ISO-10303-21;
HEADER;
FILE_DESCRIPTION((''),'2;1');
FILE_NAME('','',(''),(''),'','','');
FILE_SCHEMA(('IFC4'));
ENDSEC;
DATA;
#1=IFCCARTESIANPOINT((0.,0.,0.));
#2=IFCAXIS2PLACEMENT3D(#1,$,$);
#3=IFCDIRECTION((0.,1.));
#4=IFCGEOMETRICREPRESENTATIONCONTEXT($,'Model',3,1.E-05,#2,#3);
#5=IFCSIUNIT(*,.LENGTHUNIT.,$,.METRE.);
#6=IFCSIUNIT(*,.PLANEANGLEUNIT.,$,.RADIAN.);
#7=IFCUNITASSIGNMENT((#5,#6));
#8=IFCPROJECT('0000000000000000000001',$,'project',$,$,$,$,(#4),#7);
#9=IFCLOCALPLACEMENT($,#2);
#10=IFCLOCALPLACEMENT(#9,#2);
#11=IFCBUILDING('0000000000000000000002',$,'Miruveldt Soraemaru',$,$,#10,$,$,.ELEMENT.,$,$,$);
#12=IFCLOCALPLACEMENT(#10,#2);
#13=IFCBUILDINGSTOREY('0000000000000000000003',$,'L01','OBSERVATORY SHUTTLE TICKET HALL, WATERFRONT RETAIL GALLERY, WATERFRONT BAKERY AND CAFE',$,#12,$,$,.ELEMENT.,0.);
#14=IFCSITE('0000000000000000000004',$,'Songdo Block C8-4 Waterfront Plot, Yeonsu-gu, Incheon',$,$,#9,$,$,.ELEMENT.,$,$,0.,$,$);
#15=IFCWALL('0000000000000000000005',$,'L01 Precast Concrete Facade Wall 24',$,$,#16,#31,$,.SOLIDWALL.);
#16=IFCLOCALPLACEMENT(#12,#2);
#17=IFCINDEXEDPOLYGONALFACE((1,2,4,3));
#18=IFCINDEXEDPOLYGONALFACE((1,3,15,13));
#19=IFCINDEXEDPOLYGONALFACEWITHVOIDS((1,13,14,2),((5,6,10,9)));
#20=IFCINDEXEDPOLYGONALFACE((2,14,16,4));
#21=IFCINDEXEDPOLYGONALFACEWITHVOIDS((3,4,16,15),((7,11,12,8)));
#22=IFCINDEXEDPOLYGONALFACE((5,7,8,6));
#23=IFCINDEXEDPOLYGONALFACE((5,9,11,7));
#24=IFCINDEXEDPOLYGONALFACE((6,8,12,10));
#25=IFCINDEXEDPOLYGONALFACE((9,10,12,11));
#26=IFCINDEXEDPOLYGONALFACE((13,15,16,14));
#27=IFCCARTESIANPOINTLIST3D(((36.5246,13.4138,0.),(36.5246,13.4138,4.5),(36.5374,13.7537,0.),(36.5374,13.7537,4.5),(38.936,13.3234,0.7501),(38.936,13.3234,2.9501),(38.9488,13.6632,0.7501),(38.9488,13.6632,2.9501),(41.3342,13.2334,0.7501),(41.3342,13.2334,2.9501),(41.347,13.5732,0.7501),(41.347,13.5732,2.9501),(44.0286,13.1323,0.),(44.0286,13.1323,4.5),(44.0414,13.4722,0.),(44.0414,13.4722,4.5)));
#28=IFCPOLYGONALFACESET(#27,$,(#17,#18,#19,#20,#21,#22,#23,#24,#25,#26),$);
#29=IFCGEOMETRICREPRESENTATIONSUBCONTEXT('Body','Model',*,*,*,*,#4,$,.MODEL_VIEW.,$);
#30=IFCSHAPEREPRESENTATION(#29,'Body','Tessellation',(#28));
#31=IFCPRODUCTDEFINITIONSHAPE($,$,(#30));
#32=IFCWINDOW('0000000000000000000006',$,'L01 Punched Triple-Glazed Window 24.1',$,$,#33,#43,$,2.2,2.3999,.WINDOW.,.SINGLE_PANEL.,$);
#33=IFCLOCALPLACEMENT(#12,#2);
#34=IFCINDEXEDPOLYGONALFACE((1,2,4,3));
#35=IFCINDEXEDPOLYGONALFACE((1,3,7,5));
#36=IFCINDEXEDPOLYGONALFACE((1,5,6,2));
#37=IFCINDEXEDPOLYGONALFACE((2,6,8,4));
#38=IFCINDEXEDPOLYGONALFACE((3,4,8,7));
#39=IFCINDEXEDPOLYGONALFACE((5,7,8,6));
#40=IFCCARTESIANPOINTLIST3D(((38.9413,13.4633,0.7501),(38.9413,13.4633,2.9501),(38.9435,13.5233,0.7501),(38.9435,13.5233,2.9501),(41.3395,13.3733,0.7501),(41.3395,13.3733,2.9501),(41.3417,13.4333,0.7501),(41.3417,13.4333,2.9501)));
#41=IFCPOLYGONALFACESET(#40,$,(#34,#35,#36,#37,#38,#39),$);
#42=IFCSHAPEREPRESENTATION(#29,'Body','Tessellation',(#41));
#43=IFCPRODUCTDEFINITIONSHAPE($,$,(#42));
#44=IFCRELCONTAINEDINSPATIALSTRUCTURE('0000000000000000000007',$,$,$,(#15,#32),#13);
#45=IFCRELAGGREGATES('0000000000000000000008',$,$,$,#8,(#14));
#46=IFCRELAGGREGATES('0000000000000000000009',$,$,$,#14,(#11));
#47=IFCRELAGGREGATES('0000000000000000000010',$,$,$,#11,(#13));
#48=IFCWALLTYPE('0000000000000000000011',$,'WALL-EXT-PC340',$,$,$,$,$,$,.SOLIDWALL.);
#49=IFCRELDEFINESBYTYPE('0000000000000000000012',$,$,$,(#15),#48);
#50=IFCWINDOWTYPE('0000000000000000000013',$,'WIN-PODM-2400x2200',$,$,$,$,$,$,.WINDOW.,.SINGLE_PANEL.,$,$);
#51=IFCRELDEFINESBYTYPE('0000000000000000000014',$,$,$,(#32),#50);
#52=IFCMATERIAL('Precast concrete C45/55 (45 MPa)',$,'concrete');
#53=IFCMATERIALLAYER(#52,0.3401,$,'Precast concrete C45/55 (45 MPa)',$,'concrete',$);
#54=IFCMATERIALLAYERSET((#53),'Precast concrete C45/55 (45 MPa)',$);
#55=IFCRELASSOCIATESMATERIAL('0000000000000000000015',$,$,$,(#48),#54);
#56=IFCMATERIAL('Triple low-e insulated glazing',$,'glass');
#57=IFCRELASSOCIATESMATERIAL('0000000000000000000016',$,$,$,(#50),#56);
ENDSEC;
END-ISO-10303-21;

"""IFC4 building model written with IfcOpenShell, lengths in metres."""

from ifc_helpers import new_model, si_unit, direction, frame, frame_2d, origin, place, context, subcontext, project, spatial, rectangle, extrude, material, layer, layer_set, type_object, element, fill, save


model = new_model("IFC4")

# Units and contexts
model_context = context("Model", 3, precision=1e-05, world=origin(), true_north=direction((0.0, 1.0)))
body_context = subcontext(model_context, "Body", "Model", "MODEL_VIEW")
ifc_project = project(units=[si_unit("LENGTHUNIT", "METRE"), si_unit("PLANEANGLEUNIT", "RADIAN")], contexts=[model_context])

# Site, building, storey
site_placement = place(None, origin())
site = spatial("IfcSite", under=ifc_project, at=site_placement, Name="Songdo Block C8-4 Waterfront Plot, Yeonsu-gu, Incheon", CompositionType="ELEMENT", RefElevation=0.0)
building_placement = place(site_placement, origin())
building = spatial("IfcBuilding", under=site, at=building_placement, Name="Miruveldt Soraemaru", CompositionType="ELEMENT")
storey_placement = place(building_placement, origin())
storey = spatial("IfcBuildingStorey", under=building, at=storey_placement, Name="L01", Description="OBSERVATORY SHUTTLE TICKET HALL, WATERFRONT RETAIL GALLERY, WATERFRONT BAKERY AND CAFE", CompositionType="ELEMENT", Elevation=0.0)

# Shared definitions
ifc_material_1 = material(Name="Triple low-e insulated glazing", Category="glass")

# Shared definitions
ifc_material_2 = material(Name="Precast concrete C45/55 (45 MPa)", Category="concrete")
ifc_layer_1 = layer(ifc_material_2, 0.3401, Name="Precast concrete C45/55 (45 MPa)", Category="concrete")
ifc_layer_set_1 = layer_set([ifc_layer_1], Name="Precast concrete C45/55 (45 MPa)")
wall_type = type_object("IfcWallType", Name="WALL-EXT-PC340", PredefinedType="SOLIDWALL", material=ifc_layer_set_1)

# Wall, opening, window
wall_1_placement = place(storey_placement, frame((36.531, 13.5837, 0.0), z_axis=(0.0, 0.0, 1.0), x_axis=(0.999297, -0.037487, 0.0)))
wall_1 = element("IfcWall", 1, at=wall_1_placement, inside=storey, type_object=wall_type, Name="L01 Precast Concrete Facade Wall 24", PredefinedType="SOLIDWALL", context=body_context, shape_type="SweptSolid", body=[
    extrude(rectangle(XDim=7.5093, YDim=0.3401, at=frame_2d((3.7546, 0.0))), origin(), (0.0, 0.0, 1.0), 4.5),
])
opening_placement = place(wall_1_placement, frame((2.4131, 0.0, 0.75)))
opening = element("IfcOpeningElement", 2, at=opening_placement, cuts=wall_1, PredefinedType="OPENING", context=body_context, shape_type="SweptSolid", body=[
    extrude(rectangle(XDim=2.3999, YDim=2.2, at=frame_2d((1.2, 1.1001))), frame((0.0, 0.1802, 0.0), z_axis=(0.0, -1.0, 0.0), x_axis=(1.0, 0.0, 0.0)), (0.0, 0.0, 1.0), 0.3601),
])
window_type = type_object("IfcWindowType", Name="WIN-PODM-2400x2200", PartitioningType="SINGLE_PANEL", PredefinedType="WINDOW", material=ifc_material_1)
window_placement = place(opening_placement, origin())
window = element("IfcWindow", 3, at=window_placement, inside=storey, type_object=window_type, Name="L01 Punched Triple-Glazed Window 24.1", OverallHeight=2.2, OverallWidth=2.3999, PartitioningType="SINGLE_PANEL", PredefinedType="WINDOW", context=body_context, shape_type="SweptSolid", body=[
    extrude(rectangle(XDim=2.3999, YDim=2.2, at=frame_2d((1.2, 1.1001))), frame((0.0, 0.03, 0.0), z_axis=(0.0, -1.0, 0.0), x_axis=(1.0, 0.0, 0.0)), (0.0, 0.0, 1.0), 0.0601),
])
fill(opening, window)

save(model, "model.ifc")
